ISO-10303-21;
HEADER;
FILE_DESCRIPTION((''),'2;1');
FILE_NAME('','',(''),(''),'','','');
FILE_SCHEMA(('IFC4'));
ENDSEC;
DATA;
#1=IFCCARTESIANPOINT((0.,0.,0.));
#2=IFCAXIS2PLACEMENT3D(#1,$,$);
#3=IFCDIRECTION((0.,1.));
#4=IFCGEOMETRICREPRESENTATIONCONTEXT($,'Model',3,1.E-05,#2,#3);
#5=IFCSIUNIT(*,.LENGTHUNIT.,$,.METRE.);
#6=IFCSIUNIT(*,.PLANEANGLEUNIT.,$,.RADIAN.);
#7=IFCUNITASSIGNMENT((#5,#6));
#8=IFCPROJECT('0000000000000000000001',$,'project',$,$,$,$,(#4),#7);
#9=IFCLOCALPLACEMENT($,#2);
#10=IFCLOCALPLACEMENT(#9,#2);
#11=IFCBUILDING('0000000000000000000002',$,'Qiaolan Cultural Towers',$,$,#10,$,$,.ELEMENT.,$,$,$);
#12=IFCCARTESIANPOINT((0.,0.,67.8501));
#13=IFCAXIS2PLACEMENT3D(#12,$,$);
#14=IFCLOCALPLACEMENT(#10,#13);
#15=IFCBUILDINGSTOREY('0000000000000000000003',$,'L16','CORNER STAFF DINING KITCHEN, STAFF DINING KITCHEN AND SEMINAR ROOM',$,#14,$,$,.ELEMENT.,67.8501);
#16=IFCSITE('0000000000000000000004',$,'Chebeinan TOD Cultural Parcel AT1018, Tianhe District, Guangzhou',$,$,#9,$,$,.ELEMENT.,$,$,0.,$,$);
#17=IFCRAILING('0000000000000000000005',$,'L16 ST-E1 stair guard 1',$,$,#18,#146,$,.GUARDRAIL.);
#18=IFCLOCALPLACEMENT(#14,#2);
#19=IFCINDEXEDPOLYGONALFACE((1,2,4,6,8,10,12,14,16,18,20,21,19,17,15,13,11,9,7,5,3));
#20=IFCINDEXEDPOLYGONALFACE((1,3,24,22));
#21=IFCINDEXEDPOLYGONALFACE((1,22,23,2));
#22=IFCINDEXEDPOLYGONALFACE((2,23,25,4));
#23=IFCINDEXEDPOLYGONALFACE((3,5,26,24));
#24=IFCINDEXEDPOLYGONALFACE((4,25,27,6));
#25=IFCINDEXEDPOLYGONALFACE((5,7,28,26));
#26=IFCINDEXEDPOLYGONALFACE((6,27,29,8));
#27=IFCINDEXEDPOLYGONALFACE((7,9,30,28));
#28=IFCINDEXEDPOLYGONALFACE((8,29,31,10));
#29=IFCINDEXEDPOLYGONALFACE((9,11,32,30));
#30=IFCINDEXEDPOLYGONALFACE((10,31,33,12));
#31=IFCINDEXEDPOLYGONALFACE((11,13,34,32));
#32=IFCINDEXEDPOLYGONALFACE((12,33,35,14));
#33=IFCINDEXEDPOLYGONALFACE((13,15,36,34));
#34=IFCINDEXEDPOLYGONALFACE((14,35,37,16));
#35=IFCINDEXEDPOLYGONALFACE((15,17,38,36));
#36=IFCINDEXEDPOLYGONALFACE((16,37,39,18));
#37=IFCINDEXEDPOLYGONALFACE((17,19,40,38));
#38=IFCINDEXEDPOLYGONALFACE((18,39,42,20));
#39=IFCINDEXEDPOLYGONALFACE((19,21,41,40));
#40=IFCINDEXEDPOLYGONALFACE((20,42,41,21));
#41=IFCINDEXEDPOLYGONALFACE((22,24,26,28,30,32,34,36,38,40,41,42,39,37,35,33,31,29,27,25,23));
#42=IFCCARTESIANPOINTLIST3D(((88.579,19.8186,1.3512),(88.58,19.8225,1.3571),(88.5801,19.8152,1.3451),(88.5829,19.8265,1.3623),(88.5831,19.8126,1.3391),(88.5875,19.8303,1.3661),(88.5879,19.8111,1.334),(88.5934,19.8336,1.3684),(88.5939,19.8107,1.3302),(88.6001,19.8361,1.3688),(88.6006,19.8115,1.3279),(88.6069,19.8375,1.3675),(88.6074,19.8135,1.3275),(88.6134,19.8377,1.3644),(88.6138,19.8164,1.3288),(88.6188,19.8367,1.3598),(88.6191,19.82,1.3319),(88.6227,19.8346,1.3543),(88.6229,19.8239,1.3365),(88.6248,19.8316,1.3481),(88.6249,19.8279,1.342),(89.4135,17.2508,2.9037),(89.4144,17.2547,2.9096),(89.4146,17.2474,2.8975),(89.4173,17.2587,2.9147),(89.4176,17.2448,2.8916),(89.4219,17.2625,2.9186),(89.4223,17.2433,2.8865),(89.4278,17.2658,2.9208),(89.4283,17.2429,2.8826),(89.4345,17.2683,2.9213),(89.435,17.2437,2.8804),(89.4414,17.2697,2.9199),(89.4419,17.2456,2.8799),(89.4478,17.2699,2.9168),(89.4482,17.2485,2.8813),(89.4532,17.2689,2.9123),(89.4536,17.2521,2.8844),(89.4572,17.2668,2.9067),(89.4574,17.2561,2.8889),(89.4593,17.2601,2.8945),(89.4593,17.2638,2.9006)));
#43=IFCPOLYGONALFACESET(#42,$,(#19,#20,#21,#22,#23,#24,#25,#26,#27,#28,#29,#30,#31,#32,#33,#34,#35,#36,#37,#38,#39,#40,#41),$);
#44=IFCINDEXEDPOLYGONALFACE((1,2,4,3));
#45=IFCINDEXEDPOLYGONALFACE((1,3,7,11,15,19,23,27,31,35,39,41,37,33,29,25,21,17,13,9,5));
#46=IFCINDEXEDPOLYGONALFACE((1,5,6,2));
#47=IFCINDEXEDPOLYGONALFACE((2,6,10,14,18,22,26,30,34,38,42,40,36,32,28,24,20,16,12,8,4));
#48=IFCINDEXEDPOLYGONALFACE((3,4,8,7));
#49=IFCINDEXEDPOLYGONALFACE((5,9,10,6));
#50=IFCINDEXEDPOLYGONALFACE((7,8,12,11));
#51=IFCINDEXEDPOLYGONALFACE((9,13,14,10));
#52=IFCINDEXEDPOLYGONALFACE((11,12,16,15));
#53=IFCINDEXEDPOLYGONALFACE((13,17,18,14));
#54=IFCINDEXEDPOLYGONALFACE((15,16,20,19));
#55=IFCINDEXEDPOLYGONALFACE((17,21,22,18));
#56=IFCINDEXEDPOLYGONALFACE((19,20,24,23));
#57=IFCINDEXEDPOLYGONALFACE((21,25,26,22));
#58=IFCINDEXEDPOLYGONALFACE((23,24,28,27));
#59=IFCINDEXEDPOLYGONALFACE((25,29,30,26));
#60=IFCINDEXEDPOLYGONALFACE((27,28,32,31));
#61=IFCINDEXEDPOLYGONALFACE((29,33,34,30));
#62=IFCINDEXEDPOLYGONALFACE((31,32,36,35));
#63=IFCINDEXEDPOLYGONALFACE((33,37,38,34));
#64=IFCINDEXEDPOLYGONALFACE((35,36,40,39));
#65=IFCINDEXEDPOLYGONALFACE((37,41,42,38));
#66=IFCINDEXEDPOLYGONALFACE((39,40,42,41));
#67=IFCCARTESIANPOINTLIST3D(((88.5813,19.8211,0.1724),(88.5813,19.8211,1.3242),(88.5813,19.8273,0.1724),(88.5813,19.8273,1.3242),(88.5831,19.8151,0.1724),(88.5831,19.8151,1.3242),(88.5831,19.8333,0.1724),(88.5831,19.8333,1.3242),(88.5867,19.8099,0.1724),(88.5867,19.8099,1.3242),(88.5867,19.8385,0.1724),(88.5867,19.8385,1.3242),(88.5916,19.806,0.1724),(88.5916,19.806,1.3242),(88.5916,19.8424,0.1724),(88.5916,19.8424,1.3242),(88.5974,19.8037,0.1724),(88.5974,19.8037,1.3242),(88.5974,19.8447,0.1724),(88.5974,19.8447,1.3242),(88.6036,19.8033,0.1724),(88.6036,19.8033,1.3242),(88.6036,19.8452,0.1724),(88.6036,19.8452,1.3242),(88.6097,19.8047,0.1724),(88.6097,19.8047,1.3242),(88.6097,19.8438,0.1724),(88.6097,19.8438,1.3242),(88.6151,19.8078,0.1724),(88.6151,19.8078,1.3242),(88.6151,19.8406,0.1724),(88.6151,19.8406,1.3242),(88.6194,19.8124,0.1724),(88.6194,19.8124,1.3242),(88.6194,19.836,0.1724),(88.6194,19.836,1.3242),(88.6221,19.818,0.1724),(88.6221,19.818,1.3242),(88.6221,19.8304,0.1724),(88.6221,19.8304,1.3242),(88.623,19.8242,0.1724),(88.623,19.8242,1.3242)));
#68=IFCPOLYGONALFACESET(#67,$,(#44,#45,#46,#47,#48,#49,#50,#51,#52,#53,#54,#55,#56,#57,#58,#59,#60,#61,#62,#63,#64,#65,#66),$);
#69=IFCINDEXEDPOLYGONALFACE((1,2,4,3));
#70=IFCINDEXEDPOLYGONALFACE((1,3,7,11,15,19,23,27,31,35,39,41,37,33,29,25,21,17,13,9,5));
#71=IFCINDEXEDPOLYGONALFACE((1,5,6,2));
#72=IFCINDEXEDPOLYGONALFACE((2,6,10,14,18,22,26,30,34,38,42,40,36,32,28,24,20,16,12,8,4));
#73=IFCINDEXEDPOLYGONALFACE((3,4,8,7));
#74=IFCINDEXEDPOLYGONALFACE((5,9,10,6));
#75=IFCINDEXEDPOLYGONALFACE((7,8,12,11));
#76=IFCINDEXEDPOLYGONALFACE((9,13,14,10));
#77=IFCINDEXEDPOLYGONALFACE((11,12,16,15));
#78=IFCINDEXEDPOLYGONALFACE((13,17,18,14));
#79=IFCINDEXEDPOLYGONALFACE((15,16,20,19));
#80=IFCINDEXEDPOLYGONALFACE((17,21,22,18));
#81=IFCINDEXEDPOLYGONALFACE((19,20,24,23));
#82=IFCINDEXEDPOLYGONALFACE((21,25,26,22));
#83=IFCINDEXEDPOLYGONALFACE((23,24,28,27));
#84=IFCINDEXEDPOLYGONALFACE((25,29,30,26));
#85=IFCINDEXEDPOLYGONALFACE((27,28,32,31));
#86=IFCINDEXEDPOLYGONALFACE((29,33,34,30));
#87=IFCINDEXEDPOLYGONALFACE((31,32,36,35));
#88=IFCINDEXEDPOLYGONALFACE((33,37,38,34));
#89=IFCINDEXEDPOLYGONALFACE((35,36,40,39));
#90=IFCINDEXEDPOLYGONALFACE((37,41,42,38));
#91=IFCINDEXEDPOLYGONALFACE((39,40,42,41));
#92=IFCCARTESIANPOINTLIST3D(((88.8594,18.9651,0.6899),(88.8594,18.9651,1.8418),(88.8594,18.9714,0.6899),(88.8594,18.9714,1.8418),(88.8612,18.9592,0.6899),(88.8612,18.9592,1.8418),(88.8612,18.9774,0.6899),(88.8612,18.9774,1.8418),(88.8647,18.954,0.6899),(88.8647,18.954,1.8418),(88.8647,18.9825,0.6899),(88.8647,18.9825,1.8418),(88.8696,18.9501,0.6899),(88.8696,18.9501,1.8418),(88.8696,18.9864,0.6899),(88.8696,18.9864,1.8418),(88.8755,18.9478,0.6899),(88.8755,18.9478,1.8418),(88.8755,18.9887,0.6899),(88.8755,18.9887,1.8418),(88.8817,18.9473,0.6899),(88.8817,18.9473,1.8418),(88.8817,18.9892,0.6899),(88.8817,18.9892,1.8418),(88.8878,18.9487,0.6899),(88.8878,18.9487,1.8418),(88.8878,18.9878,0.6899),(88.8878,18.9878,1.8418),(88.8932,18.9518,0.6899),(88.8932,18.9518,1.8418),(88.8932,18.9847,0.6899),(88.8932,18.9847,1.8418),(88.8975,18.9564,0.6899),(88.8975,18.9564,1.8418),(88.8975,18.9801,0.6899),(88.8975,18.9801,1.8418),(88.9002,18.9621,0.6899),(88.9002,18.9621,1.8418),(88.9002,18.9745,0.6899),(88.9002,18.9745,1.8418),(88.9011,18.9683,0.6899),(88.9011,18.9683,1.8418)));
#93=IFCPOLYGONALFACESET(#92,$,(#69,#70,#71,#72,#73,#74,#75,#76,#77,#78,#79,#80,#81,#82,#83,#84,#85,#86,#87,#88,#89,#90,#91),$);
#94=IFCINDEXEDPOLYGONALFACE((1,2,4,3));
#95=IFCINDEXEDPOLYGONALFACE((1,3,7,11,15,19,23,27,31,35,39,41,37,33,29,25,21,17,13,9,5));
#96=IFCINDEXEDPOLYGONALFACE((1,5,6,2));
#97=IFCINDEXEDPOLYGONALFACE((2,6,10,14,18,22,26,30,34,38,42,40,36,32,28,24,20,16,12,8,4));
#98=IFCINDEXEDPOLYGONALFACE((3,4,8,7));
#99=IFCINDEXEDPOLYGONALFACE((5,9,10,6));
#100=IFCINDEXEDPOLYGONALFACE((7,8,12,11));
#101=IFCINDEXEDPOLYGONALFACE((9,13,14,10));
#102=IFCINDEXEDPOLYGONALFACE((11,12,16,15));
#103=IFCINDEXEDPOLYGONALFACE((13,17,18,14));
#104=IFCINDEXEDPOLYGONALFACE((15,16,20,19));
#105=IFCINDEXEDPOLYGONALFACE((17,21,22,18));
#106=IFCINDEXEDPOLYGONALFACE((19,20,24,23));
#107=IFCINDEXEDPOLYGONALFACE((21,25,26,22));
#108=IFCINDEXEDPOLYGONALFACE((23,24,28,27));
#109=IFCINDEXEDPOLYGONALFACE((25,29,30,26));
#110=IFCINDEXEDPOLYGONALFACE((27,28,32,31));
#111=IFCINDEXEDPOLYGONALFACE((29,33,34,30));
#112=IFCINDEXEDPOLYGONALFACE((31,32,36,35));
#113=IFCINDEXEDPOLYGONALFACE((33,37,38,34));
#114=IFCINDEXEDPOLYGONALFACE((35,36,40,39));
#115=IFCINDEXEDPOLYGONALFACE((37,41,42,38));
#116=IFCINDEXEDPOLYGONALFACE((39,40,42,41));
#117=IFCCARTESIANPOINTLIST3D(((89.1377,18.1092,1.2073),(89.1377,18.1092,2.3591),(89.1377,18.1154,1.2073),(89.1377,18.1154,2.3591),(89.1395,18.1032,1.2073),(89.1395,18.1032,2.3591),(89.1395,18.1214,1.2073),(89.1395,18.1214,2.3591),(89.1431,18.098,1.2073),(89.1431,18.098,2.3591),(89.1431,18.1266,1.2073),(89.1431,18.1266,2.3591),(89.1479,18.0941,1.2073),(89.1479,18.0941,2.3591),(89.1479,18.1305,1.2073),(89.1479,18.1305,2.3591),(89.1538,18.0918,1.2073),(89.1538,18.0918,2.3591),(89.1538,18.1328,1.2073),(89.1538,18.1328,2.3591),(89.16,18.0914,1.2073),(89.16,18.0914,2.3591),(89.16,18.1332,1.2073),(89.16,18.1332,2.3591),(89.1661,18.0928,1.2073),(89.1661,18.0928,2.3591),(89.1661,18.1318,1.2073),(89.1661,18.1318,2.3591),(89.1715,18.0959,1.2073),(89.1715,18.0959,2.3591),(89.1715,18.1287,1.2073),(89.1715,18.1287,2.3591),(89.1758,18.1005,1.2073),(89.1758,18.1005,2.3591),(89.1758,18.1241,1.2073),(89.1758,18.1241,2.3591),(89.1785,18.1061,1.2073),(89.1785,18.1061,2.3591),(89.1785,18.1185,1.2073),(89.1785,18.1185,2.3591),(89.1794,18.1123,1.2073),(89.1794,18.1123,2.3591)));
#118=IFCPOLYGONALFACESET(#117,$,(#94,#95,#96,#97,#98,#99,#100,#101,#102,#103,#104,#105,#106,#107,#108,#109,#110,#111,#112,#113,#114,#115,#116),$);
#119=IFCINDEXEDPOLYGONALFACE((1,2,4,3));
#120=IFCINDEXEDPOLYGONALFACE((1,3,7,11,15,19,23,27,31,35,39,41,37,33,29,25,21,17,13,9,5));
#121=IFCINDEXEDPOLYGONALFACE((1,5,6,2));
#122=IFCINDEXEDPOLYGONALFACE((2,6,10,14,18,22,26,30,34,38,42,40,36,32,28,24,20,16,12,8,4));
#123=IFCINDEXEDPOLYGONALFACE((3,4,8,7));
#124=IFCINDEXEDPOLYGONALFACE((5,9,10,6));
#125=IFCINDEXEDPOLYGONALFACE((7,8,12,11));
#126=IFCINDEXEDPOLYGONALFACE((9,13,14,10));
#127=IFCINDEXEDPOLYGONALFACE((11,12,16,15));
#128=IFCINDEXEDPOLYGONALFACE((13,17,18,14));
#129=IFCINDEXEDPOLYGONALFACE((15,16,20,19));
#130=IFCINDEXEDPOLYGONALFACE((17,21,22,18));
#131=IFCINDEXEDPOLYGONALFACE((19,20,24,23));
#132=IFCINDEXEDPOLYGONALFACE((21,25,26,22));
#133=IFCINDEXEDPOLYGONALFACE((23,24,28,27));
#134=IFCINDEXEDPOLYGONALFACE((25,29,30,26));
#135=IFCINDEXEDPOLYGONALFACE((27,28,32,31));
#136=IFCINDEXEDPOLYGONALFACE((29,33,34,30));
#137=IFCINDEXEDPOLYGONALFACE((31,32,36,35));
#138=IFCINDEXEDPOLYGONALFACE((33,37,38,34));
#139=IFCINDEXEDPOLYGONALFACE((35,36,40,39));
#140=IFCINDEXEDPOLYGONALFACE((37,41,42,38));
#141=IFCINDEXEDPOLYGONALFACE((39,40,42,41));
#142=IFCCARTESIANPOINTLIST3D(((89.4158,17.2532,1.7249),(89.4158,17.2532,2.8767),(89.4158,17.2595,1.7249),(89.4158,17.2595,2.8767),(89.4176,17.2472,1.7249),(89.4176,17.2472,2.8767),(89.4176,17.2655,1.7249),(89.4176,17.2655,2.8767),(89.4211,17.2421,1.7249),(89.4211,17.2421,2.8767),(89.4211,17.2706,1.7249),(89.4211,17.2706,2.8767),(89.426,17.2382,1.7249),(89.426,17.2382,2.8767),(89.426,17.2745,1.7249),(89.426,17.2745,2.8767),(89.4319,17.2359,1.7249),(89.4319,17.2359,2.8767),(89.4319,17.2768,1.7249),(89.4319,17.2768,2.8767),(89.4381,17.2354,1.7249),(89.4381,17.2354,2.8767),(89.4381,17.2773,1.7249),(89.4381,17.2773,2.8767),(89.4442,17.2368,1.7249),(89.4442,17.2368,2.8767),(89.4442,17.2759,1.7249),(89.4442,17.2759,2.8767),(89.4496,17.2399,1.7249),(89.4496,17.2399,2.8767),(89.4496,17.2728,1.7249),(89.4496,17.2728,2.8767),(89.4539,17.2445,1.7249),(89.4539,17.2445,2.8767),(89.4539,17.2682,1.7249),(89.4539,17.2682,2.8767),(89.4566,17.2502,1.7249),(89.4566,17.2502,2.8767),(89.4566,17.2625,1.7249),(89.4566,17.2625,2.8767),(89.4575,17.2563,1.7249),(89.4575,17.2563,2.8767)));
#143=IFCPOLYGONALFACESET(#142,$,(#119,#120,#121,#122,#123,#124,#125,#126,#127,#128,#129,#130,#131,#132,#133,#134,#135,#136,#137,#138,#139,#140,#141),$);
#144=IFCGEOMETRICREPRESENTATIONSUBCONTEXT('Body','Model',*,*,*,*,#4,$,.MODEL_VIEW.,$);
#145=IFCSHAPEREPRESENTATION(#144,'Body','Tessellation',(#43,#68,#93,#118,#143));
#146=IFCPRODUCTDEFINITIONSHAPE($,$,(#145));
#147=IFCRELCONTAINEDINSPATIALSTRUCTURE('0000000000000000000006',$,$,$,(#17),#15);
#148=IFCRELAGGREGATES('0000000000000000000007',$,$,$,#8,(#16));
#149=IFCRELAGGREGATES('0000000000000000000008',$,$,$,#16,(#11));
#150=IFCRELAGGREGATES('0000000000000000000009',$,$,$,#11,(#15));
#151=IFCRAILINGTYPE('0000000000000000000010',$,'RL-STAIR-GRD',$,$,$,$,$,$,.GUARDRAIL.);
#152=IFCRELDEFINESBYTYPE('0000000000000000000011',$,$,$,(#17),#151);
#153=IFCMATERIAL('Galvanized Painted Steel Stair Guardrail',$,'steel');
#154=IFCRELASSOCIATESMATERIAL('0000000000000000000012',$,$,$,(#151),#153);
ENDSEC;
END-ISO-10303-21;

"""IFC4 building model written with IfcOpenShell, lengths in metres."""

from ifc_helpers import new_model, si_unit, direction, frame, origin, origin_2d, place, context, subcontext, project, spatial, circle, extrude, material, type_object, element, save


model = new_model("IFC4")

# Units and contexts
model_context = context("Model", 3, precision=1e-05, world=origin(), true_north=direction((0.0, 1.0)))
body_context = subcontext(model_context, "Body", "Model", "MODEL_VIEW")
ifc_project = project(units=[si_unit("LENGTHUNIT", "METRE"), si_unit("PLANEANGLEUNIT", "RADIAN")], contexts=[model_context])

# Site, building, storey
site_placement = place(None, origin())
site = spatial("IfcSite", under=ifc_project, at=site_placement, Name="Chebeinan TOD Cultural Parcel AT1018, Tianhe District, Guangzhou", CompositionType="ELEMENT", RefElevation=0.0)
building_placement = place(site_placement, origin())
building = spatial("IfcBuilding", under=site, at=building_placement, Name="Qiaolan Cultural Towers", CompositionType="ELEMENT")
storey_placement = place(building_placement, frame((0.0, 0.0, 67.8501)))
storey = spatial("IfcBuildingStorey", under=building, at=storey_placement, Name="L16", Description="CORNER STAFF DINING KITCHEN, STAFF DINING KITCHEN AND SEMINAR ROOM", CompositionType="ELEMENT", Elevation=67.8501)

# Railing
ifc_material_1 = material(Name="Galvanized Painted Steel Stair Guardrail", Category="steel")
railing_type_1 = type_object("IfcRailingType", Name="RL-STAIR-GRD", PredefinedType="GUARDRAIL", material=ifc_material_1)
railing_1_placement = place(storey_placement, frame((88.6021, 19.8242, 0.1724)))
element("IfcRailing", 1, at=railing_1_placement, inside=storey, type_object=railing_type_1, Name="L16 ST-E1 stair guard 1", PredefinedType="GUARDRAIL", context=body_context, shape_type="SweptSolid", body=[
    extrude(circle(Radius=0.0239, at=origin_2d()), frame((0.0, 0.0, 1.1758), z_axis=(0.267926, -0.824471, 0.498461), x_axis=(0.951043, 0.309057, 0.0)), (0.0, 0.0, 1.0), 3.1145),
    extrude(circle(Radius=0.021, at=origin_2d()), origin(), (0.0, 0.0, 1.0), 1.1519),
    extrude(circle(Radius=0.021, at=origin_2d()), frame((0.2781, -0.856, 0.5176)), (0.0, 0.0, 1.0), 1.1519),
    extrude(circle(Radius=0.021, at=origin_2d()), frame((0.5564, -1.7119, 1.0349)), (0.0, 0.0, 1.0), 1.1519),
    extrude(circle(Radius=0.021, at=origin_2d()), frame((0.8345, -2.5679, 1.5525)), (0.0, 0.0, 1.0), 1.1519),
])

save(model, "model.ifc")
